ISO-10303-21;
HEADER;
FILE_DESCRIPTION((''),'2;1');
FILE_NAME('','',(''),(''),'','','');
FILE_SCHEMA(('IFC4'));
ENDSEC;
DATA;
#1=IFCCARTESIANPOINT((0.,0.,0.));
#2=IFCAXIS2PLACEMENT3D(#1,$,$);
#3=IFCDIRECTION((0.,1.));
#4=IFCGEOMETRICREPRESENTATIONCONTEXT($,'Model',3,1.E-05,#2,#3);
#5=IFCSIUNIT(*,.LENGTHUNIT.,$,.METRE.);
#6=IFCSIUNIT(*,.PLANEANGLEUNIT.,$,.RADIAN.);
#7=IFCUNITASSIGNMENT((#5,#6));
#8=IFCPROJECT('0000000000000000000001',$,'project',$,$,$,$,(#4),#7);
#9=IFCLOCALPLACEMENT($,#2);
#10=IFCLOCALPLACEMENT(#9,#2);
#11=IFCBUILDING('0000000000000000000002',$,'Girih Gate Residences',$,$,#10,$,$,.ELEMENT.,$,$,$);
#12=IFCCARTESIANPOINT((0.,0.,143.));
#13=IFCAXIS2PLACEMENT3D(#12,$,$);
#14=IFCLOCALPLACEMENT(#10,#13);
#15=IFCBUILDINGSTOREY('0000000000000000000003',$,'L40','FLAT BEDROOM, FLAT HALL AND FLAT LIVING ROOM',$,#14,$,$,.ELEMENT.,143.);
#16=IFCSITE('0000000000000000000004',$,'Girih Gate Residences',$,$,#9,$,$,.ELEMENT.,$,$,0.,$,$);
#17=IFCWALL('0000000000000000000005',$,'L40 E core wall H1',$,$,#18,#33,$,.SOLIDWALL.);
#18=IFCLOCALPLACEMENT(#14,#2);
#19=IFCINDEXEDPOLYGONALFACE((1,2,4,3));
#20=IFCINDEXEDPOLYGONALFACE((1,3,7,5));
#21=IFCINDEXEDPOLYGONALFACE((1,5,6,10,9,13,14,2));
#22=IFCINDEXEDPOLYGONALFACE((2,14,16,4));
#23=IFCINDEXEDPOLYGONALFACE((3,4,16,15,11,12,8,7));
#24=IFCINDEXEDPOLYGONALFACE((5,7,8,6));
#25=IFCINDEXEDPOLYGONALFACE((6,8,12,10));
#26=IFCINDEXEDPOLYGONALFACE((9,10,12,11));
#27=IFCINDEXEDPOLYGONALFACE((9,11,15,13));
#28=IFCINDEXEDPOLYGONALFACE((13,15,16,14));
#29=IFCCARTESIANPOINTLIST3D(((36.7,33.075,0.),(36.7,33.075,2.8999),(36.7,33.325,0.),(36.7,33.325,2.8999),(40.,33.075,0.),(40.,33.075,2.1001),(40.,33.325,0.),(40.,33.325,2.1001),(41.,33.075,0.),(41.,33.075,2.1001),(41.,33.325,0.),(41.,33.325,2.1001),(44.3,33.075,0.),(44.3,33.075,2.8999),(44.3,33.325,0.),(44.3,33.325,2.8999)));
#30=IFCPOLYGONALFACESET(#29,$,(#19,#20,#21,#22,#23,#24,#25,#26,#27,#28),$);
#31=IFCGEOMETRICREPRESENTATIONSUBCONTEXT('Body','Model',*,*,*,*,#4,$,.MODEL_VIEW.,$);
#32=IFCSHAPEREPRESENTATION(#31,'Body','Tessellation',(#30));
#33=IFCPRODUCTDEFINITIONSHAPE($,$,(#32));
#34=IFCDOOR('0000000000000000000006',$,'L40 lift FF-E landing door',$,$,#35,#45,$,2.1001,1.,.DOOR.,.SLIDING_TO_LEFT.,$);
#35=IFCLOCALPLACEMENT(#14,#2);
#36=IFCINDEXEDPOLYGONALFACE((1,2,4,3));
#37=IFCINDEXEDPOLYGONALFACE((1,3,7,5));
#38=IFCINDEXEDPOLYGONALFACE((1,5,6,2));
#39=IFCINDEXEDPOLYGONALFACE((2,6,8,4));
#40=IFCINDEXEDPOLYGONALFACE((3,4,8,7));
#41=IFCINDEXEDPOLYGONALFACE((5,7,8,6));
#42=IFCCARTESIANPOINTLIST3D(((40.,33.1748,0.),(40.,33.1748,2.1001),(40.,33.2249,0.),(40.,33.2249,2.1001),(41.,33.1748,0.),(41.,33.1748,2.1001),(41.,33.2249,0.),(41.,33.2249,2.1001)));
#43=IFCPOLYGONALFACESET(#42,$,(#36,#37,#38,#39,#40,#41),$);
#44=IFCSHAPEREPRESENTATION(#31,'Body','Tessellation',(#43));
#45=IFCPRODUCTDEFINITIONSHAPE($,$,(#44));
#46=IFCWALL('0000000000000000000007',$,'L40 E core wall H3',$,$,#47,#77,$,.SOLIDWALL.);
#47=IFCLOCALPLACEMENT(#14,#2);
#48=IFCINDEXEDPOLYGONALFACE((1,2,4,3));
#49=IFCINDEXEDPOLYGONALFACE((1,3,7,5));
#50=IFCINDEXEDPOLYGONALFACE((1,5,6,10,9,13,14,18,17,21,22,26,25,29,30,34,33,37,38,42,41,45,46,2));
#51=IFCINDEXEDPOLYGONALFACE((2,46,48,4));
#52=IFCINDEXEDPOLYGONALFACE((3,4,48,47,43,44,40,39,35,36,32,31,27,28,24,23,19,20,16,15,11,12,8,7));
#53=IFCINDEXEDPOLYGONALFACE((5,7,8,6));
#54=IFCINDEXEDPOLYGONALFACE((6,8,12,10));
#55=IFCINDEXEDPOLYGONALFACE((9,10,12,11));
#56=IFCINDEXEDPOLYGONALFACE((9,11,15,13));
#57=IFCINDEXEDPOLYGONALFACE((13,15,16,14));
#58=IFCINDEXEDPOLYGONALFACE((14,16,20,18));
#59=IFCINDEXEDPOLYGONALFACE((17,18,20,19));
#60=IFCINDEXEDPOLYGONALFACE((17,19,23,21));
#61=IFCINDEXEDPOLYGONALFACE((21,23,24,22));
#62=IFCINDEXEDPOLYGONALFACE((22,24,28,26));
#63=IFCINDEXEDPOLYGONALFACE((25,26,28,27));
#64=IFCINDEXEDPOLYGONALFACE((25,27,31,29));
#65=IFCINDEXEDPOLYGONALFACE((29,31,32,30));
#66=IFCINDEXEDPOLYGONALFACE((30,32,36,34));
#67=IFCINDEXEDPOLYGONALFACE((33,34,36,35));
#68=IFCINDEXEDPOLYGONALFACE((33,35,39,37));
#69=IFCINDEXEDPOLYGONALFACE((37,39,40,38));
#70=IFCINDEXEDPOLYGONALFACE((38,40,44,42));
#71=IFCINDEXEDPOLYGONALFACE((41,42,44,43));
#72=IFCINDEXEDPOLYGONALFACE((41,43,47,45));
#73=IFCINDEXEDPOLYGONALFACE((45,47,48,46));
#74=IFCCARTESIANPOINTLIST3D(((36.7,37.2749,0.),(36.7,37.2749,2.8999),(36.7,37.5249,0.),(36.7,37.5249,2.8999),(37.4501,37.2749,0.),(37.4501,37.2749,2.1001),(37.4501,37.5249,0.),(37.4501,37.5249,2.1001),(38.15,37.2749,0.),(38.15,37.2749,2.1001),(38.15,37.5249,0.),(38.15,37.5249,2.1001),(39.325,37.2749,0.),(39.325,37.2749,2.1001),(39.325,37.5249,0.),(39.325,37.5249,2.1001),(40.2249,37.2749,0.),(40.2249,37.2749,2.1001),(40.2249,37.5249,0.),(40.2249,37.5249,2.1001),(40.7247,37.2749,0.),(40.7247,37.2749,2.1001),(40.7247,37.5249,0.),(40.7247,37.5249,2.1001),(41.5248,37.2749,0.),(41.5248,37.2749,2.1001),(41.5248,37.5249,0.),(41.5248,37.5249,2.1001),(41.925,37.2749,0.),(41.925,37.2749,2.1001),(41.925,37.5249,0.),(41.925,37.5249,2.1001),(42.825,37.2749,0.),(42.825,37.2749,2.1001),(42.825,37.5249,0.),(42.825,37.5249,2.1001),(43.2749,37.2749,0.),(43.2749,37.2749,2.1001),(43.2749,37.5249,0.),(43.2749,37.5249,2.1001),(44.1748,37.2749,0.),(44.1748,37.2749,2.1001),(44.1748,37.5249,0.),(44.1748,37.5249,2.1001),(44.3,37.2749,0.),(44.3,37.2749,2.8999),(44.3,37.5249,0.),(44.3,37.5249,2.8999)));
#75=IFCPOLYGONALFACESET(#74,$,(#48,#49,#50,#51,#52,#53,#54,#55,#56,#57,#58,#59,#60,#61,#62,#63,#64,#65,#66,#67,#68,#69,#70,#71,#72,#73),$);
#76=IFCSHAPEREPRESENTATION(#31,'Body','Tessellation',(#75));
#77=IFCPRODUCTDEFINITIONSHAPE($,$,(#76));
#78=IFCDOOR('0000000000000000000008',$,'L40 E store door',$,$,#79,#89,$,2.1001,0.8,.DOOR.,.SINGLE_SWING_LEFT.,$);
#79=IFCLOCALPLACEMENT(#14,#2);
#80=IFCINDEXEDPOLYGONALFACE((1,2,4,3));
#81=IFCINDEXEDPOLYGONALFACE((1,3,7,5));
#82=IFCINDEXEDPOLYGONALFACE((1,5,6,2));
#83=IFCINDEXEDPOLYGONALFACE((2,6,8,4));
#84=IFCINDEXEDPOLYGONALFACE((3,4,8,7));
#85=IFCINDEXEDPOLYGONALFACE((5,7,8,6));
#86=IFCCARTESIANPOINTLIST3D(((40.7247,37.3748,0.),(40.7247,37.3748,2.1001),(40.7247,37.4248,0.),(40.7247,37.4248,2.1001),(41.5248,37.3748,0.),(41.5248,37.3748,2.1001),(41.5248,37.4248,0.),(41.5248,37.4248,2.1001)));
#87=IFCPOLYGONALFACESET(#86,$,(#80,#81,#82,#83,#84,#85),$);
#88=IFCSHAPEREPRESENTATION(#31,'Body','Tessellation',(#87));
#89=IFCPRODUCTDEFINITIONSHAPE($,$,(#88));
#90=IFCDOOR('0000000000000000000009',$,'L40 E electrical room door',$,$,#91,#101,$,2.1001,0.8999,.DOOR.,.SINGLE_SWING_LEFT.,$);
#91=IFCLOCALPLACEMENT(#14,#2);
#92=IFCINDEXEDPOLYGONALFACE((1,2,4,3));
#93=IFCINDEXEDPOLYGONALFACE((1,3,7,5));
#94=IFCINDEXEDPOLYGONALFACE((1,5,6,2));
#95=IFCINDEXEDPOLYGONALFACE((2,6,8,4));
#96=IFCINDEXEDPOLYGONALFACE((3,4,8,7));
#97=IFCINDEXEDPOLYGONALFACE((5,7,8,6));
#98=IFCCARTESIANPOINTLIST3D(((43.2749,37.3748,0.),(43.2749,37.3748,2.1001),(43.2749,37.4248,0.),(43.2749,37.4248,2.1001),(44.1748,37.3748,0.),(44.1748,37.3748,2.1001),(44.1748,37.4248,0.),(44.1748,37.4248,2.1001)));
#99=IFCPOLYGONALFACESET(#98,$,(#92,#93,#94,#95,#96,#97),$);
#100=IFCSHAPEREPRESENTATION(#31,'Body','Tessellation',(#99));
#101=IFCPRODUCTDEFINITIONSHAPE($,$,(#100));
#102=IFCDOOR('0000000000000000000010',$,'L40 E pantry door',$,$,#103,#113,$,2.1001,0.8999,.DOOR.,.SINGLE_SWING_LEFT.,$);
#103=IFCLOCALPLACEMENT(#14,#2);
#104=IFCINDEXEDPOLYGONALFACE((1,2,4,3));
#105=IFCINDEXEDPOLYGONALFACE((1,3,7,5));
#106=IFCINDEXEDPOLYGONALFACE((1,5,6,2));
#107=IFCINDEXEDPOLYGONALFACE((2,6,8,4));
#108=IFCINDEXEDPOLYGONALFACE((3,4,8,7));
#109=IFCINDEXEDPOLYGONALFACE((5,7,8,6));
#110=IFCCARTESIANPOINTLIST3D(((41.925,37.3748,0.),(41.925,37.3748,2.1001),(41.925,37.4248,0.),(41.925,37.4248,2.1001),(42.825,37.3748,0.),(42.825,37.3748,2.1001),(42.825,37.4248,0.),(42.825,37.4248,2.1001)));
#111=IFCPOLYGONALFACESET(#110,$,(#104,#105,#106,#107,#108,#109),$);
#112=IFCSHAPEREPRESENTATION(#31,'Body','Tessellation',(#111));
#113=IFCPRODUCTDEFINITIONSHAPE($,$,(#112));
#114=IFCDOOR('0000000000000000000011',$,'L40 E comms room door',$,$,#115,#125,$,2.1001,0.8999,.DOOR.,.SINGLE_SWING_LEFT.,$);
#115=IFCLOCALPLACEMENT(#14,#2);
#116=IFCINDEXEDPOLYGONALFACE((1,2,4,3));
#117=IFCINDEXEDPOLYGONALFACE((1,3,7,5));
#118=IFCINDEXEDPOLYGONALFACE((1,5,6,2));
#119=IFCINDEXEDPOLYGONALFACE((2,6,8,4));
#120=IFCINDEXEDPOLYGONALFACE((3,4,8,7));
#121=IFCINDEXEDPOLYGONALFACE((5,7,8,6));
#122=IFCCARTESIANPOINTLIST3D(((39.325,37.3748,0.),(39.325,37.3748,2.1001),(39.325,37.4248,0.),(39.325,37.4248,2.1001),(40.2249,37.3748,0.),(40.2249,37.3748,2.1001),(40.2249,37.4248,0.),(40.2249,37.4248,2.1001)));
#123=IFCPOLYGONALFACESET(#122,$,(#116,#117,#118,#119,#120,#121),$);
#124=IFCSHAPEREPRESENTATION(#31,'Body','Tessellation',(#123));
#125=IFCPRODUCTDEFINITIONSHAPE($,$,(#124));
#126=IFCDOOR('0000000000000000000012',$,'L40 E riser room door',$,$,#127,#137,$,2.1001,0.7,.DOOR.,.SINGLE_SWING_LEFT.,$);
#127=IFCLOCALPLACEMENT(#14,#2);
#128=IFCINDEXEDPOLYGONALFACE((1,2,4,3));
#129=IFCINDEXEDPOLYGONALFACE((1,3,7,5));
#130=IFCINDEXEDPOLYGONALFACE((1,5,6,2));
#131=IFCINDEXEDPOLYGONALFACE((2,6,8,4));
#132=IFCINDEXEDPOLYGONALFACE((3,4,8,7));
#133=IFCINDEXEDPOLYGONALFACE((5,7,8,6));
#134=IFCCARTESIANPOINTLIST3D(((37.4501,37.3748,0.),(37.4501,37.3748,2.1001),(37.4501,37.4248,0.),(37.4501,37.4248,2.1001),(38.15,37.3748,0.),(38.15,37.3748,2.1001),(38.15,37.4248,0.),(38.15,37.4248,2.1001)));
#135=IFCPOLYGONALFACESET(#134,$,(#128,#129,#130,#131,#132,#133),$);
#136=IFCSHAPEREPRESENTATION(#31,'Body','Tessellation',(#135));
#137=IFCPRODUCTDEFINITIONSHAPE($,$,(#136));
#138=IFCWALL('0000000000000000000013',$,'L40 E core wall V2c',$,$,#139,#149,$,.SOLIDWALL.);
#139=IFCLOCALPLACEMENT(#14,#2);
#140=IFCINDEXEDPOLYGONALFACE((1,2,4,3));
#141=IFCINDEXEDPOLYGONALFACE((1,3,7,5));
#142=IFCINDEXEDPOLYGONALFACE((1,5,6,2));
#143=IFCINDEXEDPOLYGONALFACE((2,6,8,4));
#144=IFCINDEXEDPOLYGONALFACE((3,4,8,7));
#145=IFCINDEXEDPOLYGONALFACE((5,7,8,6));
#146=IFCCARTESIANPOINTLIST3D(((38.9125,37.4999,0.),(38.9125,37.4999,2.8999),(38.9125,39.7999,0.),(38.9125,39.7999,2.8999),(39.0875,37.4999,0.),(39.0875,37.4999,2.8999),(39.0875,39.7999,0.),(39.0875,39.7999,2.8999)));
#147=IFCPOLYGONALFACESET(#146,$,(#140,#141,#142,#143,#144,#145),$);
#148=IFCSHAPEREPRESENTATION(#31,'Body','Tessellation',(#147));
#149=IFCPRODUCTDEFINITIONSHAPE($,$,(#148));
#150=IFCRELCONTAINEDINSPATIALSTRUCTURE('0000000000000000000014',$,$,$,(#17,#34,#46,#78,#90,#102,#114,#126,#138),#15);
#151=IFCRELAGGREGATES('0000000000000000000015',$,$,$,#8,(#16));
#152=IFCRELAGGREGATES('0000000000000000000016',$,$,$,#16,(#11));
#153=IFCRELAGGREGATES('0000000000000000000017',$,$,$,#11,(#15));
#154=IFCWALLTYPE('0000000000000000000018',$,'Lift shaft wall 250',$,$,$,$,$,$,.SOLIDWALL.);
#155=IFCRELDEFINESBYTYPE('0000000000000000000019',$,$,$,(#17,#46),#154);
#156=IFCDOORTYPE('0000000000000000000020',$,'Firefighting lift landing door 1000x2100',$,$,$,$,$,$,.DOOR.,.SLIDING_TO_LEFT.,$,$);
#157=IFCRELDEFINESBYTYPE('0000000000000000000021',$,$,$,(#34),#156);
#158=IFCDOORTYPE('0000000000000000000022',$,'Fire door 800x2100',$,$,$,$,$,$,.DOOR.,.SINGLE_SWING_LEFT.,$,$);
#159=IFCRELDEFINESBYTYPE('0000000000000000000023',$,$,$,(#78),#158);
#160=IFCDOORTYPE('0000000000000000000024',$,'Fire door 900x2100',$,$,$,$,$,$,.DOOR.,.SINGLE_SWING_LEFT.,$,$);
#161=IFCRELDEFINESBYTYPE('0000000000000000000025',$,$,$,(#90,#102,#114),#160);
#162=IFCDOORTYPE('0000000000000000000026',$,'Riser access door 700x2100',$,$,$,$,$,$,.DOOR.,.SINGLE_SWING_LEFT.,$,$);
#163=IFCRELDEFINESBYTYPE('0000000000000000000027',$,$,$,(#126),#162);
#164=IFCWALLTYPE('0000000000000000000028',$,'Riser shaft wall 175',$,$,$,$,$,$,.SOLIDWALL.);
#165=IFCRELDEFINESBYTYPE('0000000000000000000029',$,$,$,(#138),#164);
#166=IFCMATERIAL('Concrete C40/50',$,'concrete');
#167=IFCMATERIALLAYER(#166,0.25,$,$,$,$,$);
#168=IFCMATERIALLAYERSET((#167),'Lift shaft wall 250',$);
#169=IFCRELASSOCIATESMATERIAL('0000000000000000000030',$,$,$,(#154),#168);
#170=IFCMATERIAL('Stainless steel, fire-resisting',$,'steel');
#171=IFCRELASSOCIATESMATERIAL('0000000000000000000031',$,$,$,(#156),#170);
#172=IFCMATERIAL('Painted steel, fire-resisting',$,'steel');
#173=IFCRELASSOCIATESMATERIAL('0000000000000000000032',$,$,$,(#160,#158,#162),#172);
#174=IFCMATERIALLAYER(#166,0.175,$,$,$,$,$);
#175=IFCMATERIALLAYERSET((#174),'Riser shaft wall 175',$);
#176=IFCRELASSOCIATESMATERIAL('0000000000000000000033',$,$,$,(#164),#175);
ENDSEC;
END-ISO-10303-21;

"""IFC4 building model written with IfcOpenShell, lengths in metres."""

from ifc_helpers import new_model, si_unit, direction, frame, frame_2d, origin, place, context, subcontext, project, spatial, rectangle, extrude, material, layer, layer_set, type_object, element, fill, save


model = new_model("IFC4")

# Units and contexts
model_context = context("Model", 3, precision=1e-05, world=origin(), true_north=direction((0.0, 1.0)))
body_context = subcontext(model_context, "Body", "Model", "MODEL_VIEW")
ifc_project = project(units=[si_unit("LENGTHUNIT", "METRE"), si_unit("PLANEANGLEUNIT", "RADIAN")], contexts=[model_context])

# Site, building, storey
site_placement = place(None, origin())
site = spatial("IfcSite", under=ifc_project, at=site_placement, Name="Girih Gate Residences", CompositionType="ELEMENT", RefElevation=0.0)
building_placement = place(site_placement, origin())
building = spatial("IfcBuilding", under=site, at=building_placement, Name="Girih Gate Residences", CompositionType="ELEMENT")
storey_placement = place(building_placement, frame((0.0, 0.0, 143.0)))
storey = spatial("IfcBuildingStorey", under=building, at=storey_placement, Name="L40", Description="FLAT BEDROOM, FLAT HALL AND FLAT LIVING ROOM", CompositionType="ELEMENT", Elevation=143.0)

# Wall, opening, door
ifc_material_1 = material(Name="Concrete C40/50", Category="concrete")
ifc_layer_1 = layer(ifc_material_1, 0.25)
ifc_layer_set_1 = layer_set([ifc_layer_1], Name="Lift shaft wall 250")
wall_type_1 = type_object("IfcWallType", Name="Lift shaft wall 250", PredefinedType="SOLIDWALL", material=ifc_layer_set_1)
wall_1_placement = place(storey_placement, frame((36.7, 33.2, 0.0), z_axis=(0.0, 0.0, 1.0), x_axis=(1.0, 0.0, 0.0)))
wall_1 = element("IfcWall", 1, at=wall_1_placement, inside=storey, type_object=wall_type_1, Name="L40 E core wall H1", PredefinedType="SOLIDWALL", context=body_context, shape_type="SweptSolid", body=[
    extrude(rectangle(XDim=7.6001, YDim=0.25, at=frame_2d((3.8, 0.0))), origin(), (0.0, 0.0, 1.0), 2.8999),
])
opening_1_placement = place(wall_1_placement, frame((3.3, 0.0, 0.0)))
opening_1 = element("IfcOpeningElement", 2, at=opening_1_placement, cuts=wall_1, PredefinedType="OPENING", context=body_context, shape_type="SweptSolid", body=[
    extrude(rectangle(XDim=1.0, YDim=2.1001, at=frame_2d((0.5, 1.05))), frame((0.0, 0.135, 0.0), z_axis=(0.0, -1.0, 0.0), x_axis=(1.0, 0.0, 0.0)), (0.0, 0.0, 1.0), 0.27),
])
ifc_material_2 = material(Name="Stainless steel, fire-resisting", Category="steel")
door_type_1 = type_object("IfcDoorType", Name="Firefighting lift landing door 1000x2100", OperationType="SLIDING_TO_LEFT", PredefinedType="DOOR", material=ifc_material_2)
door_1_placement = place(opening_1_placement, origin())
door_1 = element("IfcDoor", 3, at=door_1_placement, inside=storey, type_object=door_type_1, Name="L40 lift FF-E landing door", OperationType="SLIDING_TO_LEFT", OverallHeight=2.1001, OverallWidth=1.0, PredefinedType="DOOR", context=body_context, shape_type="SweptSolid", body=[
    extrude(rectangle(XDim=1.0, YDim=2.1001, at=frame_2d((0.5, 1.05))), frame((0.0, 0.0249, 0.0), z_axis=(0.0, -1.0, 0.0), x_axis=(1.0, 0.0, 0.0)), (0.0, 0.0, 1.0), 0.05),
])
fill(opening_1, door_1)

# Wall, openings, doors
ifc_material_3 = material(Name="Painted steel, fire-resisting", Category="steel")
door_type_2 = type_object("IfcDoorType", Name="Fire door 900x2100", OperationType="SINGLE_SWING_LEFT", PredefinedType="DOOR", material=ifc_material_3)
wall_2_placement = place(storey_placement, frame((36.7, 37.3999, 0.0), z_axis=(0.0, 0.0, 1.0), x_axis=(1.0, 0.0, 0.0)))
wall_2 = element("IfcWall", 4, at=wall_2_placement, inside=storey, type_object=wall_type_1, Name="L40 E core wall H3", PredefinedType="SOLIDWALL", context=body_context, shape_type="SweptSolid", body=[
    extrude(rectangle(XDim=7.6001, YDim=0.25, at=frame_2d((3.8, 0.0))), origin(), (0.0, 0.0, 1.0), 2.8999),
])
opening_2_placement = place(wall_2_placement, frame((0.75, 0.0, 0.0)))
opening_2 = element("IfcOpeningElement", 5, at=opening_2_placement, cuts=wall_2, PredefinedType="OPENING", context=body_context, shape_type="SweptSolid", body=[
    extrude(rectangle(XDim=0.7, YDim=2.1001, at=frame_2d((0.3501, 1.05))), frame((0.0, 0.135, 0.0), z_axis=(0.0, -1.0, 0.0), x_axis=(1.0, 0.0, 0.0)), (0.0, 0.0, 1.0), 0.27),
])
opening_3_placement = place(wall_2_placement, frame((6.575, 0.0, 0.0)))
opening_3 = element("IfcOpeningElement", 6, at=opening_3_placement, cuts=wall_2, PredefinedType="OPENING", context=body_context, shape_type="SweptSolid", body=[
    extrude(rectangle(XDim=0.8999, YDim=2.1001, at=frame_2d((0.45, 1.05))), frame((0.0, 0.135, 0.0), z_axis=(0.0, -1.0, 0.0), x_axis=(1.0, 0.0, 0.0)), (0.0, 0.0, 1.0), 0.27),
])
opening_4_placement = place(wall_2_placement, frame((5.2251, 0.0, 0.0)))
opening_4 = element("IfcOpeningElement", 7, at=opening_4_placement, cuts=wall_2, PredefinedType="OPENING", context=body_context, shape_type="SweptSolid", body=[
    extrude(rectangle(XDim=0.8999, YDim=2.1001, at=frame_2d((0.45, 1.05))), frame((0.0, 0.135, 0.0), z_axis=(0.0, -1.0, 0.0), x_axis=(1.0, 0.0, 0.0)), (0.0, 0.0, 1.0), 0.27),
])
opening_5_placement = place(wall_2_placement, frame((4.0249, 0.0, 0.0)))
opening_5 = element("IfcOpeningElement", 8, at=opening_5_placement, cuts=wall_2, PredefinedType="OPENING", context=body_context, shape_type="SweptSolid", body=[
    extrude(rectangle(XDim=0.8, YDim=2.1001, at=frame_2d((0.3999, 1.05))), frame((0.0, 0.135, 0.0), z_axis=(0.0, -1.0, 0.0), x_axis=(1.0, 0.0, 0.0)), (0.0, 0.0, 1.0), 0.27),
])
opening_6_placement = place(wall_2_placement, frame((2.625, 0.0, 0.0)))
opening_6 = element("IfcOpeningElement", 9, at=opening_6_placement, cuts=wall_2, PredefinedType="OPENING", context=body_context, shape_type="SweptSolid", body=[
    extrude(rectangle(XDim=0.8999, YDim=2.1001, at=frame_2d((0.45, 1.05))), frame((0.0, 0.135, 0.0), z_axis=(0.0, -1.0, 0.0), x_axis=(1.0, 0.0, 0.0)), (0.0, 0.0, 1.0), 0.27),
])
door_type_3 = type_object("IfcDoorType", Name="Fire door 800x2100", OperationType="SINGLE_SWING_LEFT", PredefinedType="DOOR", material=ifc_material_3)
door_2_placement = place(opening_5_placement, origin())
door_2 = element("IfcDoor", 10, at=door_2_placement, inside=storey, type_object=door_type_3, Name="L40 E store door", OperationType="SINGLE_SWING_LEFT", OverallHeight=2.1001, OverallWidth=0.8, PredefinedType="DOOR", context=body_context, shape_type="SweptSolid", body=[
    extrude(rectangle(XDim=0.8, YDim=2.1001, at=frame_2d((0.3999, 1.05))), frame((0.0, 0.0249, 0.0), z_axis=(0.0, -1.0, 0.0), x_axis=(1.0, 0.0, 0.0)), (0.0, 0.0, 1.0), 0.05),
])
fill(opening_5, door_2)
door_3_placement = place(opening_3_placement, origin())
door_3 = element("IfcDoor", 11, at=door_3_placement, inside=storey, type_object=door_type_2, Name="L40 E electrical room door", OperationType="SINGLE_SWING_LEFT", OverallHeight=2.1001, OverallWidth=0.8999, PredefinedType="DOOR", context=body_context, shape_type="SweptSolid", body=[
    extrude(rectangle(XDim=0.8999, YDim=2.1001, at=frame_2d((0.45, 1.05))), frame((0.0, 0.0249, 0.0), z_axis=(0.0, -1.0, 0.0), x_axis=(1.0, 0.0, 0.0)), (0.0, 0.0, 1.0), 0.05),
])
fill(opening_3, door_3)
door_4_placement = place(opening_4_placement, origin())
door_4 = element("IfcDoor", 12, at=door_4_placement, inside=storey, type_object=door_type_2, Name="L40 E pantry door", OperationType="SINGLE_SWING_LEFT", OverallHeight=2.1001, OverallWidth=0.8999, PredefinedType="DOOR", context=body_context, shape_type="SweptSolid", body=[
    extrude(rectangle(XDim=0.8999, YDim=2.1001, at=frame_2d((0.45, 1.05))), frame((0.0, 0.0249, 0.0), z_axis=(0.0, -1.0, 0.0), x_axis=(1.0, 0.0, 0.0)), (0.0, 0.0, 1.0), 0.05),
])
fill(opening_4, door_4)
door_5_placement = place(opening_6_placement, origin())
door_5 = element("IfcDoor", 13, at=door_5_placement, inside=storey, type_object=door_type_2, Name="L40 E comms room door", OperationType="SINGLE_SWING_LEFT", OverallHeight=2.1001, OverallWidth=0.8999, PredefinedType="DOOR", context=body_context, shape_type="SweptSolid", body=[
    extrude(rectangle(XDim=0.8999, YDim=2.1001, at=frame_2d((0.45, 1.05))), frame((0.0, 0.0249, 0.0), z_axis=(0.0, -1.0, 0.0), x_axis=(1.0, 0.0, 0.0)), (0.0, 0.0, 1.0), 0.05),
])
fill(opening_6, door_5)
door_type_4 = type_object("IfcDoorType", Name="Riser access door 700x2100", OperationType="SINGLE_SWING_LEFT", PredefinedType="DOOR", material=ifc_material_3)
door_6_placement = place(opening_2_placement, origin())
door_6 = element("IfcDoor", 14, at=door_6_placement, inside=storey, type_object=door_type_4, Name="L40 E riser room door", OperationType="SINGLE_SWING_LEFT", OverallHeight=2.1001, OverallWidth=0.7, PredefinedType="DOOR", context=body_context, shape_type="SweptSolid", body=[
    extrude(rectangle(XDim=0.7, YDim=2.1001, at=frame_2d((0.3501, 1.05))), frame((0.0, 0.0249, 0.0), z_axis=(0.0, -1.0, 0.0), x_axis=(1.0, 0.0, 0.0)), (0.0, 0.0, 1.0), 0.05),
])
fill(opening_2, door_6)

# Wall
ifc_layer_2 = layer(ifc_material_1, 0.175)
ifc_layer_set_2 = layer_set([ifc_layer_2], Name="Riser shaft wall 175")
wall_type_2 = type_object("IfcWallType", Name="Riser shaft wall 175", PredefinedType="SOLIDWALL", material=ifc_layer_set_2)
wall_3_placement = place(storey_placement, frame((39.0, 37.5, 0.0), z_axis=(0.0, 0.0, 1.0), x_axis=(0.0, 1.0, 0.0)))
element("IfcWall", 15, at=wall_3_placement, inside=storey, type_object=wall_type_2, Name="L40 E core wall V2c", PredefinedType="SOLIDWALL", context=body_context, shape_type="SweptSolid", body=[
    extrude(rectangle(XDim=2.3, YDim=0.175, at=frame_2d((1.1499, 0.0))), origin(), (0.0, 0.0, 1.0), 2.8999),
])

save(model, "model.ifc")
